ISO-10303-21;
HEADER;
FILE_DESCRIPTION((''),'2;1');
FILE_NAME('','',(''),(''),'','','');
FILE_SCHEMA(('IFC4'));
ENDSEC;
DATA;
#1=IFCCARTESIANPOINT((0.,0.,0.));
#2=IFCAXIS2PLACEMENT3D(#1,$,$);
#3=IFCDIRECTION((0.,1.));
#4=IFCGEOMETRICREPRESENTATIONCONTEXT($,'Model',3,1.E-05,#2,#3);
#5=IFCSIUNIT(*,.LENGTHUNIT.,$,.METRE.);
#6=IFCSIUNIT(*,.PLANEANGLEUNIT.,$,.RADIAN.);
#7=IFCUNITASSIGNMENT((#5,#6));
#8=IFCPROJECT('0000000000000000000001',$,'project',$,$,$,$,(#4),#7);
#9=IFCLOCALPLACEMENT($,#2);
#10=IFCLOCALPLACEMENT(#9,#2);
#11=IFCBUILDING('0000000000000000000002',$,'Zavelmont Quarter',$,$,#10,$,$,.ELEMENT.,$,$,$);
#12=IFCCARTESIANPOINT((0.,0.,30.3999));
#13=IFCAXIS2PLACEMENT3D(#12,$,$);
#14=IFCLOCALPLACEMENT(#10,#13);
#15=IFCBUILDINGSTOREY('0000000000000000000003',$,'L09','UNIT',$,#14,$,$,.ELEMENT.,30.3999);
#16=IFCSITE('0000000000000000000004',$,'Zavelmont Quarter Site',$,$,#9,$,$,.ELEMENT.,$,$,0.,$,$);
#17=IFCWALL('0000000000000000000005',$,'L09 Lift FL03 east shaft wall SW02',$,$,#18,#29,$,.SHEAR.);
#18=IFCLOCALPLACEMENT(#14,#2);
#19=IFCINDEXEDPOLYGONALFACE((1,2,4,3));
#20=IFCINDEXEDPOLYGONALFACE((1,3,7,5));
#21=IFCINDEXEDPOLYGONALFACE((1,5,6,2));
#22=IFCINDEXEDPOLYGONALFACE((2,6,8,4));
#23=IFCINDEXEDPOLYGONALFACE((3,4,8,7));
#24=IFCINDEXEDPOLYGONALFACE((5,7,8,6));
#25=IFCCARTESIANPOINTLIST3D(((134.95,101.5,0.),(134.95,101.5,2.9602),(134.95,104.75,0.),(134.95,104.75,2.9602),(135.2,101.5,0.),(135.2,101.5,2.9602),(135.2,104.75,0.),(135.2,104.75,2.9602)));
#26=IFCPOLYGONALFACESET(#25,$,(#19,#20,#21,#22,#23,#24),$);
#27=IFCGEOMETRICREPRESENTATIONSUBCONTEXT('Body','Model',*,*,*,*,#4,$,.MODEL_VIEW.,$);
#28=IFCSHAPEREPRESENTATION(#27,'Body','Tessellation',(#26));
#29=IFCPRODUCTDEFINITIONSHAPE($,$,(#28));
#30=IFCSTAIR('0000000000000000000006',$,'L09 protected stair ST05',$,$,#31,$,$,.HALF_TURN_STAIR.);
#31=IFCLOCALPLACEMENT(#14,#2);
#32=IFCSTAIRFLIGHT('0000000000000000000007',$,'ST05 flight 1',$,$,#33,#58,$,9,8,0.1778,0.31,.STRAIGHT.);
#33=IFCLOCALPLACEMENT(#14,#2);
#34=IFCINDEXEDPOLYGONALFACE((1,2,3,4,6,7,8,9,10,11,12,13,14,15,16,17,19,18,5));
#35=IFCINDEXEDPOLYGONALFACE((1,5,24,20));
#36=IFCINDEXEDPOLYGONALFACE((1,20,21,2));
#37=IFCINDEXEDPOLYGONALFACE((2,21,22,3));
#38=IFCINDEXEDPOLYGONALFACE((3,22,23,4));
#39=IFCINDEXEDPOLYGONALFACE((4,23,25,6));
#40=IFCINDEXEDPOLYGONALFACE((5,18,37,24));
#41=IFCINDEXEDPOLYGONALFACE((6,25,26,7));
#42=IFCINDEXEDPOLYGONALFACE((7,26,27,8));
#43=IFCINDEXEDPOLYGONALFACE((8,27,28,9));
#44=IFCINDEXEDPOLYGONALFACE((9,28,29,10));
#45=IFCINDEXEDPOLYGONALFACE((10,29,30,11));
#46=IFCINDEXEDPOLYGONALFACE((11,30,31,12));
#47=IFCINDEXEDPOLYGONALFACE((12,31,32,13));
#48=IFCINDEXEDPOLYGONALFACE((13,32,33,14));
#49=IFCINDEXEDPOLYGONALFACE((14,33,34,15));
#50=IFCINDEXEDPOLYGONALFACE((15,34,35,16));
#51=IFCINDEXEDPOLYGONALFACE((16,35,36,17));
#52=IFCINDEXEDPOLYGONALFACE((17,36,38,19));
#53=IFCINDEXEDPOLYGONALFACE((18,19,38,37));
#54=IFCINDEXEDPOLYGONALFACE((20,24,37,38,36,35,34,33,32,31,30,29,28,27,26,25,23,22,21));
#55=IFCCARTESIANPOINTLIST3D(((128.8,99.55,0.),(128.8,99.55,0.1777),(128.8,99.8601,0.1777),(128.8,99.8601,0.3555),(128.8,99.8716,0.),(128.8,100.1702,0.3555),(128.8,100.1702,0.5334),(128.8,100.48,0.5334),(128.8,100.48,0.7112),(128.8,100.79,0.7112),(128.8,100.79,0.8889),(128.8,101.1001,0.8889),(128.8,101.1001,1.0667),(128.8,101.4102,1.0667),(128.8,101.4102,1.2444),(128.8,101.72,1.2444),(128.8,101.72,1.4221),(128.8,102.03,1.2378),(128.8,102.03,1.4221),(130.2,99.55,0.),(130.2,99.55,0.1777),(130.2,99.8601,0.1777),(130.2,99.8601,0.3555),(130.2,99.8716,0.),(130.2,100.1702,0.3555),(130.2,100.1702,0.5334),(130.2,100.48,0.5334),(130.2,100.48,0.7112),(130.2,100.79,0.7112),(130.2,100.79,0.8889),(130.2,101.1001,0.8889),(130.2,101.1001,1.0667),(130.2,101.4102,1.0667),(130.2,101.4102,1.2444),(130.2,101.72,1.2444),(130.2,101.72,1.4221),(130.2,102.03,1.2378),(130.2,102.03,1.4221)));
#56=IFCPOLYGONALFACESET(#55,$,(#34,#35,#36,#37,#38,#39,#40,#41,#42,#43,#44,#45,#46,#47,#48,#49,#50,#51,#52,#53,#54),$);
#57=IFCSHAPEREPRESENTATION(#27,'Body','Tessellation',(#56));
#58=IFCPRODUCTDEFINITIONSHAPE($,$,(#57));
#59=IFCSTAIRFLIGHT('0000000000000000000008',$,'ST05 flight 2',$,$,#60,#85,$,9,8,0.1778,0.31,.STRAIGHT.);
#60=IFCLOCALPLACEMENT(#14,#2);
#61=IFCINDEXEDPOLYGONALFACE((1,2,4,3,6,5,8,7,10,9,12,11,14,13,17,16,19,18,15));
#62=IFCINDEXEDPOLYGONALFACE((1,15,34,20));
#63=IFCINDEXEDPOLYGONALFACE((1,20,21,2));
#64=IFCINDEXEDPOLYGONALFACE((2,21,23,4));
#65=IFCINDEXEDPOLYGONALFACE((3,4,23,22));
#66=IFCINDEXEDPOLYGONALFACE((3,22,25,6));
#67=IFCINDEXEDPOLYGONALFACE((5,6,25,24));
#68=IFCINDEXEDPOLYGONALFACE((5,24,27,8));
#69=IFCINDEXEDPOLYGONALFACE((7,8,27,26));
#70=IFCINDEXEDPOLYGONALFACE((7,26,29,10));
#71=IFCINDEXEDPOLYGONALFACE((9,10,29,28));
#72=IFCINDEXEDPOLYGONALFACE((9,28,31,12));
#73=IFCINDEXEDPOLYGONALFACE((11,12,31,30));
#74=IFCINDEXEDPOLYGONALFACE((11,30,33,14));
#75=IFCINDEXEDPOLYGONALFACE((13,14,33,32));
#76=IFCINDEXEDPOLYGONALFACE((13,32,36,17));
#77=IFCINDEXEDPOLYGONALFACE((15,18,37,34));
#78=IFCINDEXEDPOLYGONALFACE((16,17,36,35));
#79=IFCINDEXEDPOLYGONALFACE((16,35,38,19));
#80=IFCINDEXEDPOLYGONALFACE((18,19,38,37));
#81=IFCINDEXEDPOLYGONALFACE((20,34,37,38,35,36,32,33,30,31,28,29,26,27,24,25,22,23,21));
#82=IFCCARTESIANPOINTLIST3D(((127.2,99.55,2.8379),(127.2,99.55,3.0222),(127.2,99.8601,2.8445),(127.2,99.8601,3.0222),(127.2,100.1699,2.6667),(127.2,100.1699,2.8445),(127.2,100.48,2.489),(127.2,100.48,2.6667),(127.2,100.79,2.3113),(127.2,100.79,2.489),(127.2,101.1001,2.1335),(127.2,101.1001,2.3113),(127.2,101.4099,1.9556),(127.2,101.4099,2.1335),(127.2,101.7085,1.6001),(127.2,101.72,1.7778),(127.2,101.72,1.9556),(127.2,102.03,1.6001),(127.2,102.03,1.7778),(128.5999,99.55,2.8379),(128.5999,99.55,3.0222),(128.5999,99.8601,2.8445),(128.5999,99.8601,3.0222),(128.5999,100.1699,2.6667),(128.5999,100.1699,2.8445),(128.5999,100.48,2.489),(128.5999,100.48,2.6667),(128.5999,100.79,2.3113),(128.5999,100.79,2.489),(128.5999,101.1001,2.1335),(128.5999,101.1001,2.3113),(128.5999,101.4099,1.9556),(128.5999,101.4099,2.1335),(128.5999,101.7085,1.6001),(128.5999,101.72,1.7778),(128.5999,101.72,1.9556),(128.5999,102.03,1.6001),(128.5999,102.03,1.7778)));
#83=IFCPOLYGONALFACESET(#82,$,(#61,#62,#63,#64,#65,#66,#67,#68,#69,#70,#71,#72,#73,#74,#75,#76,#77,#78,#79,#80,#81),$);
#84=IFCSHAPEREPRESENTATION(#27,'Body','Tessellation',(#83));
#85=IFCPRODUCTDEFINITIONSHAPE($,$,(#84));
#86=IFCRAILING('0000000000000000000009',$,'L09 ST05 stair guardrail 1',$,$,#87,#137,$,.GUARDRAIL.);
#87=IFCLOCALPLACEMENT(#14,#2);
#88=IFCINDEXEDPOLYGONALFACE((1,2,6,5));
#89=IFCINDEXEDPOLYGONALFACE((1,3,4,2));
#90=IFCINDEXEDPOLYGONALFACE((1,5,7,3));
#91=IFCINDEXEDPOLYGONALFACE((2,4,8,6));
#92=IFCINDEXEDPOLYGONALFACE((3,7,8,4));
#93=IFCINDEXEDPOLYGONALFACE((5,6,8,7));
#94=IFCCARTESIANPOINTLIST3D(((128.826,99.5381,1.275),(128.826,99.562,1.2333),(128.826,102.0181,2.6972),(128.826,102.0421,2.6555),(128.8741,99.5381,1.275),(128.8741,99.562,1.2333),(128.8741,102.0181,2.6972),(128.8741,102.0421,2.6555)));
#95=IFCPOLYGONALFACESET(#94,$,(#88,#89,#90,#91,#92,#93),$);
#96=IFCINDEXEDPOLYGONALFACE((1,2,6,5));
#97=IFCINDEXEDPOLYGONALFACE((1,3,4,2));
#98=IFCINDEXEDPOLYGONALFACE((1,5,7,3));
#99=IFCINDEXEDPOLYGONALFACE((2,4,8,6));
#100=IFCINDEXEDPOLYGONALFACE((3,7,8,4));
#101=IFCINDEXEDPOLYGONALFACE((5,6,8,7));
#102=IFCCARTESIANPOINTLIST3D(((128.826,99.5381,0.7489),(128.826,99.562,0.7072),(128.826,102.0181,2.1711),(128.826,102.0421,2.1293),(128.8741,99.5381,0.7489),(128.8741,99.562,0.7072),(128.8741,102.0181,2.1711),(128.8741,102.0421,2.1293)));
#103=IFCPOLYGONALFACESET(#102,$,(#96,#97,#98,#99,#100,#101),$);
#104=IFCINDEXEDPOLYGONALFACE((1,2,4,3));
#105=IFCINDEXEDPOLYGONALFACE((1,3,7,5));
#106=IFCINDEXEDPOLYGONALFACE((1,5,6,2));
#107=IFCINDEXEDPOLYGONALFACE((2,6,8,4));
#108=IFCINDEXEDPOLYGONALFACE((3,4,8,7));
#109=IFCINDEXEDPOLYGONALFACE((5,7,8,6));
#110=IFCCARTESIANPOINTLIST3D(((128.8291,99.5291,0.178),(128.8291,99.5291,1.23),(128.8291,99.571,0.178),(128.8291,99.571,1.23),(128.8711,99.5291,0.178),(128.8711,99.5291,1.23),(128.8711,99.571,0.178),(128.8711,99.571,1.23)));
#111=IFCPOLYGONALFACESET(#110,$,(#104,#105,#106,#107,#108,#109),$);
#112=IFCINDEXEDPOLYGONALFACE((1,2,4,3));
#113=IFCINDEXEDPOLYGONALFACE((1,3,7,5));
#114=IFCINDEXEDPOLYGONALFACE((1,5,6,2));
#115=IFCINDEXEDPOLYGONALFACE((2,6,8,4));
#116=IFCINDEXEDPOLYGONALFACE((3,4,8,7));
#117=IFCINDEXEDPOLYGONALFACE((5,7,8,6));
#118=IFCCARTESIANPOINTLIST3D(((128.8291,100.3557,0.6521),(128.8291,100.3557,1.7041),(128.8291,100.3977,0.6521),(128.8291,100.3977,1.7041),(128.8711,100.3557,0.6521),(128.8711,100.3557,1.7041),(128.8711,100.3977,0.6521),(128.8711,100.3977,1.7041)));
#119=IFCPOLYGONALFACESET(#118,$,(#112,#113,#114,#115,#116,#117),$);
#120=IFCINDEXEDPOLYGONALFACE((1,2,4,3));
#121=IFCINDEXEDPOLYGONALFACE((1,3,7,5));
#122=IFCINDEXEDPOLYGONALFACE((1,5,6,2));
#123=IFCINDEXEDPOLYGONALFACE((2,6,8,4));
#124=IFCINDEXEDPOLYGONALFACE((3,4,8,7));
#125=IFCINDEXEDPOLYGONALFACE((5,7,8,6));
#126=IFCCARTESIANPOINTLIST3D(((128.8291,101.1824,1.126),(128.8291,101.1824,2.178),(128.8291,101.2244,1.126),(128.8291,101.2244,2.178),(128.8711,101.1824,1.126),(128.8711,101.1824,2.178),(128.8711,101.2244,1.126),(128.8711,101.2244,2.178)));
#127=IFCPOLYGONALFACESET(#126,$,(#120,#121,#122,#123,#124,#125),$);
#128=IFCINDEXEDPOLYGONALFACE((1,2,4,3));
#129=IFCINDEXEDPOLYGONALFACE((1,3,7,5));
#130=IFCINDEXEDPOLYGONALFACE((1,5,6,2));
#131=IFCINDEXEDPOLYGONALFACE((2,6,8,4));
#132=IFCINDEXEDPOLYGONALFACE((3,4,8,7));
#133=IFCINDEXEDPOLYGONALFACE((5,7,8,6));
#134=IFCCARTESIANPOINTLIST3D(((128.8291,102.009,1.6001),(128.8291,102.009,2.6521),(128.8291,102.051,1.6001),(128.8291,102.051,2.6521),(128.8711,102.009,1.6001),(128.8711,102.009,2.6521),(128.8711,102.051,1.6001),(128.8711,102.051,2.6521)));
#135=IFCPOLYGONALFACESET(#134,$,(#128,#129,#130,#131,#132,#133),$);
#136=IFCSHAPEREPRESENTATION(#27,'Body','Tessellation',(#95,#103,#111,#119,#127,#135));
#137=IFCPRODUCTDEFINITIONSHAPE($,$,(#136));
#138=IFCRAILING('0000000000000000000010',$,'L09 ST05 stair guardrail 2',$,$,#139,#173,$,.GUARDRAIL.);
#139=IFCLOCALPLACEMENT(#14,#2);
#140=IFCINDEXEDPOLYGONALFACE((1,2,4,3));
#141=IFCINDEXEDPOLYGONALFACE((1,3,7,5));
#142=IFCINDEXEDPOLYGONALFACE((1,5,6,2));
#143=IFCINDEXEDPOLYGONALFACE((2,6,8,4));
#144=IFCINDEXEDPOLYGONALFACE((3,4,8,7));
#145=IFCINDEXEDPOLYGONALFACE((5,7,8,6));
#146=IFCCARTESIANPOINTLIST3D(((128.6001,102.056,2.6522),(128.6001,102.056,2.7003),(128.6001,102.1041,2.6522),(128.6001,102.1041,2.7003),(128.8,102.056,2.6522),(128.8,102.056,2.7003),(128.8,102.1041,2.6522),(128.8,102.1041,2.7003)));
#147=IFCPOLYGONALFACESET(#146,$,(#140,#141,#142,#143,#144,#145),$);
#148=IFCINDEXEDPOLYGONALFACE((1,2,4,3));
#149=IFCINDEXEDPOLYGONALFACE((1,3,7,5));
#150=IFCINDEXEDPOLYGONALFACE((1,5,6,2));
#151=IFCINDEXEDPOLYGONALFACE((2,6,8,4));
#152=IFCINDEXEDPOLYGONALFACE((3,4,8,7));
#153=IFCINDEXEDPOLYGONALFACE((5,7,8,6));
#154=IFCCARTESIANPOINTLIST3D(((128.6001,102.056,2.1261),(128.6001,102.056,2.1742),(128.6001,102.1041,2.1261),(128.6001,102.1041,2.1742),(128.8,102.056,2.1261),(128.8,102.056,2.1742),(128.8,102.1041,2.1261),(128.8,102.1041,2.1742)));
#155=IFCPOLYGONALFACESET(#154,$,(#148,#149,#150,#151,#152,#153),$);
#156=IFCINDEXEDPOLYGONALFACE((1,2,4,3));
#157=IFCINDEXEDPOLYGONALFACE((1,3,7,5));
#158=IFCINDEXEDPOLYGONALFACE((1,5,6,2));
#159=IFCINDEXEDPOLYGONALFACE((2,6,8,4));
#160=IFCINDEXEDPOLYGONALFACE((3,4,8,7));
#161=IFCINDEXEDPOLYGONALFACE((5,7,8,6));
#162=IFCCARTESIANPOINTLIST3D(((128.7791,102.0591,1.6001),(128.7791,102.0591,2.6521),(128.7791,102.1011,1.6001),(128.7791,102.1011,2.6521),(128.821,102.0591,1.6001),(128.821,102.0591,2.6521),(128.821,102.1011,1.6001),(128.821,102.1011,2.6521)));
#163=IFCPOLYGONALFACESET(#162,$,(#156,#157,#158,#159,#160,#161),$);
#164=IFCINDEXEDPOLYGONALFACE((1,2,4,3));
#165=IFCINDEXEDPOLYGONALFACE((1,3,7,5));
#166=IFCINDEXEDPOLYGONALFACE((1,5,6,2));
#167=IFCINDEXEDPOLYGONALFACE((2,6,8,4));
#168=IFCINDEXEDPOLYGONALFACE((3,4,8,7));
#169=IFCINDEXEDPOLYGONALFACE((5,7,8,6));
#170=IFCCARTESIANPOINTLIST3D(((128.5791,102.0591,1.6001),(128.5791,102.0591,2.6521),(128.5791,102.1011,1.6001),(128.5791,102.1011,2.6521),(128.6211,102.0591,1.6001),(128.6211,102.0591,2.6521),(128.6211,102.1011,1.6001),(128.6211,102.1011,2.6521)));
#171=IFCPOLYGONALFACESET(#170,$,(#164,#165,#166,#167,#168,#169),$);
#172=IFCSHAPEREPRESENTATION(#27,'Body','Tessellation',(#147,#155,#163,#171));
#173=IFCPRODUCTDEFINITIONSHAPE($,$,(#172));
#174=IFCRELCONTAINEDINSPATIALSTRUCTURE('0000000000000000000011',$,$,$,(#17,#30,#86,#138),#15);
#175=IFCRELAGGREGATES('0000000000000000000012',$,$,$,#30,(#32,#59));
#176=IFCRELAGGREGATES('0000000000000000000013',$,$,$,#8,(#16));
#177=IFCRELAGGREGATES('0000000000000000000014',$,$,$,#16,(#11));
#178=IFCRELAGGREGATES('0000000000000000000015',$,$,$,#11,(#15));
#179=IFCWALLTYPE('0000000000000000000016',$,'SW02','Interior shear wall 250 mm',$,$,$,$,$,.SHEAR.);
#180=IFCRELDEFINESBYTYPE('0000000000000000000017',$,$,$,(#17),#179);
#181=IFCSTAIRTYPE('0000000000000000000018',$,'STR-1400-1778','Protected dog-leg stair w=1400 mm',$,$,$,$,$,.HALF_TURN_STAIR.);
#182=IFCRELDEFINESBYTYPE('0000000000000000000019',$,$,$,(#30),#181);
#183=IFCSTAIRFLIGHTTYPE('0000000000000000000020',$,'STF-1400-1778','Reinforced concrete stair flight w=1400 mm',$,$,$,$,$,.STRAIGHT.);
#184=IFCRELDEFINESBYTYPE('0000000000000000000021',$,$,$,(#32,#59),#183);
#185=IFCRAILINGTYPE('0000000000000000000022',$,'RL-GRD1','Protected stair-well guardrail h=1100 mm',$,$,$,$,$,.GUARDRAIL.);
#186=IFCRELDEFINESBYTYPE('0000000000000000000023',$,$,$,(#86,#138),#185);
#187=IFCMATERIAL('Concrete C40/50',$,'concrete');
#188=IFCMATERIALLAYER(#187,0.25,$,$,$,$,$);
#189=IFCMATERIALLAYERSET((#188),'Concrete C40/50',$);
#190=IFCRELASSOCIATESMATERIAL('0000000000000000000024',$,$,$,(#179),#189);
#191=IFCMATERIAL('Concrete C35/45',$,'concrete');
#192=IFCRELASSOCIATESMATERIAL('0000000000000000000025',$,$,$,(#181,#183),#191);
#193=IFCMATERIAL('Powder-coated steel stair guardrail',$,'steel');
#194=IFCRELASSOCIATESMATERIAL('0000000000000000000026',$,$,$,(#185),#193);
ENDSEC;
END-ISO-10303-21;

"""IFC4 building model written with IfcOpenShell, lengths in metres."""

from ifc_helpers import new_model, si_unit, direction, frame, frame_2d, origin, origin_2d, place, context, subcontext, project, spatial, polyline, rectangle, outline, extrude, material, layer, layer_set, type_object, element, aggregate, save


model = new_model("IFC4")

# Units and contexts
model_context = context("Model", 3, precision=1e-05, world=origin(), true_north=direction((0.0, 1.0)))
body_context = subcontext(model_context, "Body", "Model", "MODEL_VIEW")
ifc_project = project(units=[si_unit("LENGTHUNIT", "METRE"), si_unit("PLANEANGLEUNIT", "RADIAN")], contexts=[model_context])

# Site, building, storey
site_placement = place(None, origin())
site = spatial("IfcSite", under=ifc_project, at=site_placement, Name="Zavelmont Quarter Site", CompositionType="ELEMENT", RefElevation=0.0)
building_placement = place(site_placement, origin())
building = spatial("IfcBuilding", under=site, at=building_placement, Name="Zavelmont Quarter", CompositionType="ELEMENT")
storey_placement = place(building_placement, frame((0.0, 0.0, 30.3999)))
storey = spatial("IfcBuildingStorey", under=building, at=storey_placement, Name="L09", Description="UNIT", CompositionType="ELEMENT", Elevation=30.3999)

# Shared definitions
ifc_material_1 = material(Name="Concrete C35/45", Category="concrete")

# Shared definitions
ifc_material_2 = material(Name="Concrete C40/50", Category="concrete")

# Shared definitions
ifc_layer_1 = layer(ifc_material_2, 0.25)
ifc_layer_set_1 = layer_set([ifc_layer_1], Name="Concrete C40/50")
wall_type_1 = type_object("IfcWallType", Name="SW02", Description="Interior shear wall 250 mm", PredefinedType="SHEAR", material=ifc_layer_set_1)

# Wall
for number, where, z_axis, x_axis, name in (
    (1, (135.075, 101.5, 0.0), (0.0, 0.0, 1.0), (0.0, 1.0, 0.0), "L09 Lift FL03 east shaft wall SW02"),
):
    element("IfcWall", number, at=place(storey_placement, frame(where, z_axis=z_axis, x_axis=x_axis)), inside=storey, type_object=wall_type_1, Name=name, PredefinedType="SHEAR", context=body_context, shape_type="SweptSolid", body=[
        extrude(rectangle(XDim=3.25, YDim=0.25, at=frame_2d((1.625, 0.0))), origin(), (0.0, 0.0, 1.0), 2.9602),
    ])

# Stair, stair flights
stair_type = type_object("IfcStairType", Name="STR-1400-1778", Description="Protected dog-leg stair w=1400 mm", PredefinedType="HALF_TURN_STAIR", material=ifc_material_1)
stair_placement = place(storey_placement, origin())
stair = element("IfcStair", 2, at=stair_placement, inside=storey, type_object=stair_type, Name="L09 protected stair ST05", PredefinedType="HALF_TURN_STAIR")
stair_flight_type = type_object("IfcStairFlightType", Name="STF-1400-1778", Description="Reinforced concrete stair flight w=1400 mm", PredefinedType="STRAIGHT", material=ifc_material_1)
stair_flight_1_placement = place(storey_placement, frame((129.5, 99.55, 0.0), z_axis=(0.0, 0.0, 1.0), x_axis=(0.0, 1.0, 0.0)))
stair_flight_1 = element("IfcStairFlight", 3, at=stair_flight_1_placement, type_object=stair_flight_type, Name="ST05 flight 1", NumberOfRisers=9, NumberOfTreads=8, PredefinedType="STRAIGHT", RiserHeight=0.1778, TreadLength=0.31, context=body_context, shape_type="SweptSolid", body=[
    extrude(outline(polyline([(0.0, 0.0), (0.0, 0.1777), (0.3101, 0.1777), (0.3101, 0.3555), (0.6201, 0.3555), (0.6201, 0.5334), (0.9299, 0.5334), (0.9299, 0.7112), (1.24, 0.7112), (1.24, 0.8889), (1.55, 0.8889), (1.55, 1.0667), (1.8601, 1.0667), (1.8601, 1.2444), (2.1699, 1.2444), (2.1699, 1.4221), (2.48, 1.4221), (2.48, 1.6001), (2.48, 1.2378), (0.3215, 0.0), (0.0, 0.0)])), frame((0.0, 0.7, 0.0), z_axis=(0.0, -1.0, 0.0), x_axis=(1.0, 0.0, 0.0)), (0.0, 0.0, 1.0), 1.3999),
])
stair_flight_2_placement = place(storey_placement, frame((127.8999, 102.03, 1.6001), z_axis=(0.0, 0.0, 1.0), x_axis=(0.0, -1.0, 0.0)))
stair_flight_2 = element("IfcStairFlight", 4, at=stair_flight_2_placement, type_object=stair_flight_type, Name="ST05 flight 2", NumberOfRisers=9, NumberOfTreads=8, PredefinedType="STRAIGHT", RiserHeight=0.1778, TreadLength=0.31, context=body_context, shape_type="SweptSolid", body=[
    extrude(outline(polyline([(0.0, 0.0), (0.0, 0.1777), (0.3101, 0.1777), (0.3101, 0.3555), (0.6201, 0.3555), (0.6201, 0.5334), (0.9299, 0.5334), (0.9299, 0.7112), (1.24, 0.7112), (1.24, 0.8889), (1.55, 0.8889), (1.55, 1.0667), (1.8601, 1.0667), (1.8601, 1.2444), (2.1699, 1.2444), (2.1699, 1.4221), (2.48, 1.4221), (2.48, 1.6001), (2.48, 1.2378), (0.3215, 0.0), (0.0, 0.0)])), frame((0.0, 0.7, 0.0), z_axis=(0.0, -1.0, 0.0), x_axis=(1.0, 0.0, 0.0)), (0.0, 0.0, 1.0), 1.3999),
])
aggregate(stair, [stair_flight_1, stair_flight_2])

# Railings
ifc_material_3 = material(Name="Powder-coated steel stair guardrail", Category="steel")
railing_type_1 = type_object("IfcRailingType", Name="RL-GRD1", Description="Protected stair-well guardrail h=1100 mm", PredefinedType="GUARDRAIL", material=ifc_material_3)
railing_1_placement = place(storey_placement, frame((128.8501, 99.55, 0.178)))
element("IfcRailing", 5, at=railing_1_placement, inside=storey, type_object=railing_type_1, Name="L09 ST05 stair guardrail 1", PredefinedType="GUARDRAIL", context=body_context, shape_type="SweptSolid", body=[
    extrude(rectangle(XDim=0.0481, YDim=0.0481, at=origin_2d()), frame((0.0, 0.0, 1.0762), z_axis=(0.0, 0.867491, 0.497454), x_axis=(-1.0, 0.0, 0.0)), (0.0, 0.0, 1.0), 2.8589),
    extrude(rectangle(XDim=0.0481, YDim=0.0481, at=origin_2d()), frame((0.0, 0.0, 0.55), z_axis=(0.0, 0.867491, 0.497454), x_axis=(-1.0, 0.0, 0.0)), (0.0, 0.0, 1.0), 2.8589),
    extrude(rectangle(XDim=0.042, YDim=0.042, at=origin_2d()), origin(), (0.0, 0.0, 1.0), 1.052),
    extrude(rectangle(XDim=0.042, YDim=0.042, at=origin_2d()), frame((0.0, 0.8267, 0.4741)), (0.0, 0.0, 1.0), 1.052),
    extrude(rectangle(XDim=0.042, YDim=0.042, at=origin_2d()), frame((0.0, 1.6533, 0.948)), (0.0, 0.0, 1.0), 1.052),
    extrude(rectangle(XDim=0.042, YDim=0.042, at=origin_2d()), frame((0.0, 2.48, 1.4221)), (0.0, 0.0, 1.0), 1.052),
])
railing_2_placement = place(storey_placement, frame((128.8, 102.0801, 1.6001)))
element("IfcRailing", 6, at=railing_2_placement, inside=storey, type_object=railing_type_1, Name="L09 ST05 stair guardrail 2", PredefinedType="GUARDRAIL", context=body_context, shape_type="SweptSolid", body=[
    extrude(rectangle(XDim=0.0481, YDim=0.0481, at=origin_2d()), frame((0.0, 0.0, 1.0762), z_axis=(-1.0, 0.0, 0.0), x_axis=(0.0, -1.0, 0.0)), (0.0, 0.0, 1.0), 0.2),
    extrude(rectangle(XDim=0.0481, YDim=0.0481, at=origin_2d()), frame((0.0, 0.0, 0.55), z_axis=(-1.0, 0.0, 0.0), x_axis=(0.0, -1.0, 0.0)), (0.0, 0.0, 1.0), 0.2),
    extrude(rectangle(XDim=0.042, YDim=0.042, at=origin_2d()), origin(), (0.0, 0.0, 1.0), 1.052),
    extrude(rectangle(XDim=0.042, YDim=0.042, at=origin_2d()), frame((-0.2, 0.0, 0.0)), (0.0, 0.0, 1.0), 1.052),
])

save(model, "model.ifc")
